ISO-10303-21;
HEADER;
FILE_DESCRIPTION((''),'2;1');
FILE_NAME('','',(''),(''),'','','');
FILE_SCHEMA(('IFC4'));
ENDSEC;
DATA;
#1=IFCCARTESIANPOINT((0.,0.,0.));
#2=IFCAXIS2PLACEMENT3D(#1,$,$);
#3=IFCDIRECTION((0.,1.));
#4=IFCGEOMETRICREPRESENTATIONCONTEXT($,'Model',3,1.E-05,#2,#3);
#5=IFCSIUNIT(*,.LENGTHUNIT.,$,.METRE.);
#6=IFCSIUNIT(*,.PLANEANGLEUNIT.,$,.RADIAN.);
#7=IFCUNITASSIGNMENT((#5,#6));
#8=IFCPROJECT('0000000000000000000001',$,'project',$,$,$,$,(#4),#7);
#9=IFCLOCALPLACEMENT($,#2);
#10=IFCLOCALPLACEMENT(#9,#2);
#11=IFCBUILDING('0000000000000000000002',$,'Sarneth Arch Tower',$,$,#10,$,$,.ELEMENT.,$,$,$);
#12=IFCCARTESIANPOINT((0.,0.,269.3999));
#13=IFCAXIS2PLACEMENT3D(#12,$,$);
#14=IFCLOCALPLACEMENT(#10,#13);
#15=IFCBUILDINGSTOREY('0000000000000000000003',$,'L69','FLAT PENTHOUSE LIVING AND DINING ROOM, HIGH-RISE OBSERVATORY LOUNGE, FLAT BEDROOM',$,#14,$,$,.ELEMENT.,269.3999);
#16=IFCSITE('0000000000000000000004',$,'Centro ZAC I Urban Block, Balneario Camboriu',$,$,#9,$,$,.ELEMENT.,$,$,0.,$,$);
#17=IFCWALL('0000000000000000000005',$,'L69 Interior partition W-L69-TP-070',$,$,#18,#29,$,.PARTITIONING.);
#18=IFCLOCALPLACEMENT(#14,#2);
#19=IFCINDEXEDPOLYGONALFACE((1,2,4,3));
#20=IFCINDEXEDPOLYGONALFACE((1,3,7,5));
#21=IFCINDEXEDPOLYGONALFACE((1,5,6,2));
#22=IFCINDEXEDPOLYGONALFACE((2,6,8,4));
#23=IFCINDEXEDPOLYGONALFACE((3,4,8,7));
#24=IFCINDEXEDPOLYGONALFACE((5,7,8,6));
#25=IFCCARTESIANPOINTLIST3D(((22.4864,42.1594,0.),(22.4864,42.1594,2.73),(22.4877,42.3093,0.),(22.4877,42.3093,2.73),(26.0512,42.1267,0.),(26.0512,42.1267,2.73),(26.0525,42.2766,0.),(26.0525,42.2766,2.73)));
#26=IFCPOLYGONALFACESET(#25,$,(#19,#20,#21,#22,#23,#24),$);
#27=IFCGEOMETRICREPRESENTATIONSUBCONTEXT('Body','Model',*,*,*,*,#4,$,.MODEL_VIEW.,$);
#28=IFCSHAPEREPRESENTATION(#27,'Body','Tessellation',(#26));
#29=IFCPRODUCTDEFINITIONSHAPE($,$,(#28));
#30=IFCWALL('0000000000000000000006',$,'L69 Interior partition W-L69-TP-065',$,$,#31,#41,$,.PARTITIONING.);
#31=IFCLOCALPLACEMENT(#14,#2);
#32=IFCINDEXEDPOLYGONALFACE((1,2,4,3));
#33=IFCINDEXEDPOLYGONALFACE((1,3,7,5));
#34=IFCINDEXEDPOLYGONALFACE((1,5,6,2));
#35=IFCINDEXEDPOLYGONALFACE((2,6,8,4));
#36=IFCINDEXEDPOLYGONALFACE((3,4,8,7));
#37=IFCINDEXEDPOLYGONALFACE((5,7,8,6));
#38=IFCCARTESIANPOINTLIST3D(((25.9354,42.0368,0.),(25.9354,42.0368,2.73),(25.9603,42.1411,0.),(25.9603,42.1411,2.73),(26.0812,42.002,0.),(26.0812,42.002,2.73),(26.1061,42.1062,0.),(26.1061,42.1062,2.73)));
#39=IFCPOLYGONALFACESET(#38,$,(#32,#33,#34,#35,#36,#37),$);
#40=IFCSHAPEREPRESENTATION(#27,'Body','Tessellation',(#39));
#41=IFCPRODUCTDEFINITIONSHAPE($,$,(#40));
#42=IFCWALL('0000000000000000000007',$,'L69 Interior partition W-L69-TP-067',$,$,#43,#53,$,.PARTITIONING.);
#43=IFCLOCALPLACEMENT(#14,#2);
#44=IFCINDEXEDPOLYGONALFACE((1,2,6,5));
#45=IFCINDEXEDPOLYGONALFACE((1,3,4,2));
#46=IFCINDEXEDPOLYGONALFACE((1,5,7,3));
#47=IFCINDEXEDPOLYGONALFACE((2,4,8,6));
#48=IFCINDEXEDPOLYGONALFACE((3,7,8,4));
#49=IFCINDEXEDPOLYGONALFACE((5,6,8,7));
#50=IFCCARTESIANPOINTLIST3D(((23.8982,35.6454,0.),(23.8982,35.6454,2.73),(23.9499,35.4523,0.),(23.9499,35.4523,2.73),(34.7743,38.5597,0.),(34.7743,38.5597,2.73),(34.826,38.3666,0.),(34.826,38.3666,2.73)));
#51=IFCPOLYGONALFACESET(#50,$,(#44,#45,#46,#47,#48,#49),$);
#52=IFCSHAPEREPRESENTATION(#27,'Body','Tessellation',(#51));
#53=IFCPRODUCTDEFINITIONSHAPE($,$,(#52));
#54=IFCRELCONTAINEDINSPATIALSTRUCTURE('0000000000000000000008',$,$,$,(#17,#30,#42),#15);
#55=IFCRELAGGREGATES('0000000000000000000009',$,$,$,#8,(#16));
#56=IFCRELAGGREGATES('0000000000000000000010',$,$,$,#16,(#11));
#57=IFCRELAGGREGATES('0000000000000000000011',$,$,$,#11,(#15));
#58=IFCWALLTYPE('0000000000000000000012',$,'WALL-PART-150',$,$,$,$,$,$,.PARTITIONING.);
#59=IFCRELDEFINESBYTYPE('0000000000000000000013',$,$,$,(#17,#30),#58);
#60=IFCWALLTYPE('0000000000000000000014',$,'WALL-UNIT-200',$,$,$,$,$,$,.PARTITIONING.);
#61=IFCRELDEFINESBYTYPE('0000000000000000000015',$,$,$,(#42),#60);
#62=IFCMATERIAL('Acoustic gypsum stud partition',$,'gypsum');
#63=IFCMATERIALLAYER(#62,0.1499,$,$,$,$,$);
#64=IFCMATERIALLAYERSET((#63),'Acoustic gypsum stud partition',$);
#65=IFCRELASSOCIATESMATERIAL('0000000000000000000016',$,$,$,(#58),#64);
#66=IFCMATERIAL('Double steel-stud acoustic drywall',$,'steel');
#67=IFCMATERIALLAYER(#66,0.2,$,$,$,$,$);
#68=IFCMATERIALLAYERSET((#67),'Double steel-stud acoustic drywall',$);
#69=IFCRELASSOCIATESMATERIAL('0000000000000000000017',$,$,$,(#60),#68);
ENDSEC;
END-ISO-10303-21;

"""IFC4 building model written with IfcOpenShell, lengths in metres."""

from ifc_helpers import new_model, si_unit, direction, frame, frame_2d, origin, place, context, subcontext, project, spatial, rectangle, extrude, material, layer, layer_set, type_object, element, save


model = new_model("IFC4")

# Units and contexts
model_context = context("Model", 3, precision=1e-05, world=origin(), true_north=direction((0.0, 1.0)))
body_context = subcontext(model_context, "Body", "Model", "MODEL_VIEW")
ifc_project = project(units=[si_unit("LENGTHUNIT", "METRE"), si_unit("PLANEANGLEUNIT", "RADIAN")], contexts=[model_context])

# Site, building, storey
site_placement = place(None, origin())
site = spatial("IfcSite", under=ifc_project, at=site_placement, Name="Centro ZAC I Urban Block, Balneario Camboriu", CompositionType="ELEMENT", RefElevation=0.0)
building_placement = place(site_placement, origin())
building = spatial("IfcBuilding", under=site, at=building_placement, Name="Sarneth Arch Tower", CompositionType="ELEMENT")
storey_placement = place(building_placement, frame((0.0, 0.0, 269.3999)))
storey = spatial("IfcBuildingStorey", under=building, at=storey_placement, Name="L69", Description="FLAT PENTHOUSE LIVING AND DINING ROOM, HIGH-RISE OBSERVATORY LOUNGE, FLAT BEDROOM", CompositionType="ELEMENT", Elevation=269.3999)

# Shared definitions
ifc_material_1 = material(Name="Acoustic gypsum stud partition", Category="gypsum")
ifc_layer_1 = layer(ifc_material_1, 0.1499)
ifc_layer_set_1 = layer_set([ifc_layer_1], Name="Acoustic gypsum stud partition")
wall_type_1 = type_object("IfcWallType", Name="WALL-PART-150", PredefinedType="PARTITIONING", material=ifc_layer_set_1)

# Walls
wall_1_placement = place(storey_placement, frame((22.4871, 42.2344, 0.0), z_axis=(0.0, 0.0, 1.0), x_axis=(0.999958, -0.009177, 0.0)))
element("IfcWall", 1, at=wall_1_placement, inside=storey, type_object=wall_type_1, Name="L69 Interior partition W-L69-TP-070", PredefinedType="PARTITIONING", context=body_context, shape_type="SweptSolid", body=[
    extrude(rectangle(XDim=3.5649, YDim=0.1499, at=frame_2d((1.7825, 0.0))), origin(), (0.0, 0.0, 1.0), 2.73),
])
wall_2_placement = place(storey_placement, frame((26.0332, 42.1238, 0.0), z_axis=(0.0, 0.0, 1.0), x_axis=(-0.232339, -0.972635, 0.0)))
element("IfcWall", 2, at=wall_2_placement, inside=storey, type_object=wall_type_1, Name="L69 Interior partition W-L69-TP-065", PredefinedType="PARTITIONING", context=body_context, shape_type="SweptSolid", body=[
    extrude(rectangle(XDim=0.1072, YDim=0.1499, at=frame_2d((0.0537, 0.0))), origin(), (0.0, 0.0, 1.0), 2.73),
])
ifc_material_2 = material(Name="Double steel-stud acoustic drywall", Category="steel")
ifc_layer_2 = layer(ifc_material_2, 0.2)
ifc_layer_set_2 = layer_set([ifc_layer_2], Name="Double steel-stud acoustic drywall")
wall_type_2 = type_object("IfcWallType", Name="WALL-UNIT-200", PredefinedType="PARTITIONING", material=ifc_layer_set_2)
wall_3_placement = place(storey_placement, frame((23.9241, 35.5488, 0.0), z_axis=(0.0, 0.0, 1.0), x_axis=(0.965924, 0.258827, 0.0)))
element("IfcWall", 3, at=wall_3_placement, inside=storey, type_object=wall_type_2, Name="L69 Interior partition W-L69-TP-067", PredefinedType="PARTITIONING", context=body_context, shape_type="SweptSolid", body=[
    extrude(rectangle(XDim=11.2598, YDim=0.2, at=frame_2d((5.6299, 0.0))), origin(), (0.0, 0.0, 1.0), 2.73),
])

save(model, "model.ifc")
